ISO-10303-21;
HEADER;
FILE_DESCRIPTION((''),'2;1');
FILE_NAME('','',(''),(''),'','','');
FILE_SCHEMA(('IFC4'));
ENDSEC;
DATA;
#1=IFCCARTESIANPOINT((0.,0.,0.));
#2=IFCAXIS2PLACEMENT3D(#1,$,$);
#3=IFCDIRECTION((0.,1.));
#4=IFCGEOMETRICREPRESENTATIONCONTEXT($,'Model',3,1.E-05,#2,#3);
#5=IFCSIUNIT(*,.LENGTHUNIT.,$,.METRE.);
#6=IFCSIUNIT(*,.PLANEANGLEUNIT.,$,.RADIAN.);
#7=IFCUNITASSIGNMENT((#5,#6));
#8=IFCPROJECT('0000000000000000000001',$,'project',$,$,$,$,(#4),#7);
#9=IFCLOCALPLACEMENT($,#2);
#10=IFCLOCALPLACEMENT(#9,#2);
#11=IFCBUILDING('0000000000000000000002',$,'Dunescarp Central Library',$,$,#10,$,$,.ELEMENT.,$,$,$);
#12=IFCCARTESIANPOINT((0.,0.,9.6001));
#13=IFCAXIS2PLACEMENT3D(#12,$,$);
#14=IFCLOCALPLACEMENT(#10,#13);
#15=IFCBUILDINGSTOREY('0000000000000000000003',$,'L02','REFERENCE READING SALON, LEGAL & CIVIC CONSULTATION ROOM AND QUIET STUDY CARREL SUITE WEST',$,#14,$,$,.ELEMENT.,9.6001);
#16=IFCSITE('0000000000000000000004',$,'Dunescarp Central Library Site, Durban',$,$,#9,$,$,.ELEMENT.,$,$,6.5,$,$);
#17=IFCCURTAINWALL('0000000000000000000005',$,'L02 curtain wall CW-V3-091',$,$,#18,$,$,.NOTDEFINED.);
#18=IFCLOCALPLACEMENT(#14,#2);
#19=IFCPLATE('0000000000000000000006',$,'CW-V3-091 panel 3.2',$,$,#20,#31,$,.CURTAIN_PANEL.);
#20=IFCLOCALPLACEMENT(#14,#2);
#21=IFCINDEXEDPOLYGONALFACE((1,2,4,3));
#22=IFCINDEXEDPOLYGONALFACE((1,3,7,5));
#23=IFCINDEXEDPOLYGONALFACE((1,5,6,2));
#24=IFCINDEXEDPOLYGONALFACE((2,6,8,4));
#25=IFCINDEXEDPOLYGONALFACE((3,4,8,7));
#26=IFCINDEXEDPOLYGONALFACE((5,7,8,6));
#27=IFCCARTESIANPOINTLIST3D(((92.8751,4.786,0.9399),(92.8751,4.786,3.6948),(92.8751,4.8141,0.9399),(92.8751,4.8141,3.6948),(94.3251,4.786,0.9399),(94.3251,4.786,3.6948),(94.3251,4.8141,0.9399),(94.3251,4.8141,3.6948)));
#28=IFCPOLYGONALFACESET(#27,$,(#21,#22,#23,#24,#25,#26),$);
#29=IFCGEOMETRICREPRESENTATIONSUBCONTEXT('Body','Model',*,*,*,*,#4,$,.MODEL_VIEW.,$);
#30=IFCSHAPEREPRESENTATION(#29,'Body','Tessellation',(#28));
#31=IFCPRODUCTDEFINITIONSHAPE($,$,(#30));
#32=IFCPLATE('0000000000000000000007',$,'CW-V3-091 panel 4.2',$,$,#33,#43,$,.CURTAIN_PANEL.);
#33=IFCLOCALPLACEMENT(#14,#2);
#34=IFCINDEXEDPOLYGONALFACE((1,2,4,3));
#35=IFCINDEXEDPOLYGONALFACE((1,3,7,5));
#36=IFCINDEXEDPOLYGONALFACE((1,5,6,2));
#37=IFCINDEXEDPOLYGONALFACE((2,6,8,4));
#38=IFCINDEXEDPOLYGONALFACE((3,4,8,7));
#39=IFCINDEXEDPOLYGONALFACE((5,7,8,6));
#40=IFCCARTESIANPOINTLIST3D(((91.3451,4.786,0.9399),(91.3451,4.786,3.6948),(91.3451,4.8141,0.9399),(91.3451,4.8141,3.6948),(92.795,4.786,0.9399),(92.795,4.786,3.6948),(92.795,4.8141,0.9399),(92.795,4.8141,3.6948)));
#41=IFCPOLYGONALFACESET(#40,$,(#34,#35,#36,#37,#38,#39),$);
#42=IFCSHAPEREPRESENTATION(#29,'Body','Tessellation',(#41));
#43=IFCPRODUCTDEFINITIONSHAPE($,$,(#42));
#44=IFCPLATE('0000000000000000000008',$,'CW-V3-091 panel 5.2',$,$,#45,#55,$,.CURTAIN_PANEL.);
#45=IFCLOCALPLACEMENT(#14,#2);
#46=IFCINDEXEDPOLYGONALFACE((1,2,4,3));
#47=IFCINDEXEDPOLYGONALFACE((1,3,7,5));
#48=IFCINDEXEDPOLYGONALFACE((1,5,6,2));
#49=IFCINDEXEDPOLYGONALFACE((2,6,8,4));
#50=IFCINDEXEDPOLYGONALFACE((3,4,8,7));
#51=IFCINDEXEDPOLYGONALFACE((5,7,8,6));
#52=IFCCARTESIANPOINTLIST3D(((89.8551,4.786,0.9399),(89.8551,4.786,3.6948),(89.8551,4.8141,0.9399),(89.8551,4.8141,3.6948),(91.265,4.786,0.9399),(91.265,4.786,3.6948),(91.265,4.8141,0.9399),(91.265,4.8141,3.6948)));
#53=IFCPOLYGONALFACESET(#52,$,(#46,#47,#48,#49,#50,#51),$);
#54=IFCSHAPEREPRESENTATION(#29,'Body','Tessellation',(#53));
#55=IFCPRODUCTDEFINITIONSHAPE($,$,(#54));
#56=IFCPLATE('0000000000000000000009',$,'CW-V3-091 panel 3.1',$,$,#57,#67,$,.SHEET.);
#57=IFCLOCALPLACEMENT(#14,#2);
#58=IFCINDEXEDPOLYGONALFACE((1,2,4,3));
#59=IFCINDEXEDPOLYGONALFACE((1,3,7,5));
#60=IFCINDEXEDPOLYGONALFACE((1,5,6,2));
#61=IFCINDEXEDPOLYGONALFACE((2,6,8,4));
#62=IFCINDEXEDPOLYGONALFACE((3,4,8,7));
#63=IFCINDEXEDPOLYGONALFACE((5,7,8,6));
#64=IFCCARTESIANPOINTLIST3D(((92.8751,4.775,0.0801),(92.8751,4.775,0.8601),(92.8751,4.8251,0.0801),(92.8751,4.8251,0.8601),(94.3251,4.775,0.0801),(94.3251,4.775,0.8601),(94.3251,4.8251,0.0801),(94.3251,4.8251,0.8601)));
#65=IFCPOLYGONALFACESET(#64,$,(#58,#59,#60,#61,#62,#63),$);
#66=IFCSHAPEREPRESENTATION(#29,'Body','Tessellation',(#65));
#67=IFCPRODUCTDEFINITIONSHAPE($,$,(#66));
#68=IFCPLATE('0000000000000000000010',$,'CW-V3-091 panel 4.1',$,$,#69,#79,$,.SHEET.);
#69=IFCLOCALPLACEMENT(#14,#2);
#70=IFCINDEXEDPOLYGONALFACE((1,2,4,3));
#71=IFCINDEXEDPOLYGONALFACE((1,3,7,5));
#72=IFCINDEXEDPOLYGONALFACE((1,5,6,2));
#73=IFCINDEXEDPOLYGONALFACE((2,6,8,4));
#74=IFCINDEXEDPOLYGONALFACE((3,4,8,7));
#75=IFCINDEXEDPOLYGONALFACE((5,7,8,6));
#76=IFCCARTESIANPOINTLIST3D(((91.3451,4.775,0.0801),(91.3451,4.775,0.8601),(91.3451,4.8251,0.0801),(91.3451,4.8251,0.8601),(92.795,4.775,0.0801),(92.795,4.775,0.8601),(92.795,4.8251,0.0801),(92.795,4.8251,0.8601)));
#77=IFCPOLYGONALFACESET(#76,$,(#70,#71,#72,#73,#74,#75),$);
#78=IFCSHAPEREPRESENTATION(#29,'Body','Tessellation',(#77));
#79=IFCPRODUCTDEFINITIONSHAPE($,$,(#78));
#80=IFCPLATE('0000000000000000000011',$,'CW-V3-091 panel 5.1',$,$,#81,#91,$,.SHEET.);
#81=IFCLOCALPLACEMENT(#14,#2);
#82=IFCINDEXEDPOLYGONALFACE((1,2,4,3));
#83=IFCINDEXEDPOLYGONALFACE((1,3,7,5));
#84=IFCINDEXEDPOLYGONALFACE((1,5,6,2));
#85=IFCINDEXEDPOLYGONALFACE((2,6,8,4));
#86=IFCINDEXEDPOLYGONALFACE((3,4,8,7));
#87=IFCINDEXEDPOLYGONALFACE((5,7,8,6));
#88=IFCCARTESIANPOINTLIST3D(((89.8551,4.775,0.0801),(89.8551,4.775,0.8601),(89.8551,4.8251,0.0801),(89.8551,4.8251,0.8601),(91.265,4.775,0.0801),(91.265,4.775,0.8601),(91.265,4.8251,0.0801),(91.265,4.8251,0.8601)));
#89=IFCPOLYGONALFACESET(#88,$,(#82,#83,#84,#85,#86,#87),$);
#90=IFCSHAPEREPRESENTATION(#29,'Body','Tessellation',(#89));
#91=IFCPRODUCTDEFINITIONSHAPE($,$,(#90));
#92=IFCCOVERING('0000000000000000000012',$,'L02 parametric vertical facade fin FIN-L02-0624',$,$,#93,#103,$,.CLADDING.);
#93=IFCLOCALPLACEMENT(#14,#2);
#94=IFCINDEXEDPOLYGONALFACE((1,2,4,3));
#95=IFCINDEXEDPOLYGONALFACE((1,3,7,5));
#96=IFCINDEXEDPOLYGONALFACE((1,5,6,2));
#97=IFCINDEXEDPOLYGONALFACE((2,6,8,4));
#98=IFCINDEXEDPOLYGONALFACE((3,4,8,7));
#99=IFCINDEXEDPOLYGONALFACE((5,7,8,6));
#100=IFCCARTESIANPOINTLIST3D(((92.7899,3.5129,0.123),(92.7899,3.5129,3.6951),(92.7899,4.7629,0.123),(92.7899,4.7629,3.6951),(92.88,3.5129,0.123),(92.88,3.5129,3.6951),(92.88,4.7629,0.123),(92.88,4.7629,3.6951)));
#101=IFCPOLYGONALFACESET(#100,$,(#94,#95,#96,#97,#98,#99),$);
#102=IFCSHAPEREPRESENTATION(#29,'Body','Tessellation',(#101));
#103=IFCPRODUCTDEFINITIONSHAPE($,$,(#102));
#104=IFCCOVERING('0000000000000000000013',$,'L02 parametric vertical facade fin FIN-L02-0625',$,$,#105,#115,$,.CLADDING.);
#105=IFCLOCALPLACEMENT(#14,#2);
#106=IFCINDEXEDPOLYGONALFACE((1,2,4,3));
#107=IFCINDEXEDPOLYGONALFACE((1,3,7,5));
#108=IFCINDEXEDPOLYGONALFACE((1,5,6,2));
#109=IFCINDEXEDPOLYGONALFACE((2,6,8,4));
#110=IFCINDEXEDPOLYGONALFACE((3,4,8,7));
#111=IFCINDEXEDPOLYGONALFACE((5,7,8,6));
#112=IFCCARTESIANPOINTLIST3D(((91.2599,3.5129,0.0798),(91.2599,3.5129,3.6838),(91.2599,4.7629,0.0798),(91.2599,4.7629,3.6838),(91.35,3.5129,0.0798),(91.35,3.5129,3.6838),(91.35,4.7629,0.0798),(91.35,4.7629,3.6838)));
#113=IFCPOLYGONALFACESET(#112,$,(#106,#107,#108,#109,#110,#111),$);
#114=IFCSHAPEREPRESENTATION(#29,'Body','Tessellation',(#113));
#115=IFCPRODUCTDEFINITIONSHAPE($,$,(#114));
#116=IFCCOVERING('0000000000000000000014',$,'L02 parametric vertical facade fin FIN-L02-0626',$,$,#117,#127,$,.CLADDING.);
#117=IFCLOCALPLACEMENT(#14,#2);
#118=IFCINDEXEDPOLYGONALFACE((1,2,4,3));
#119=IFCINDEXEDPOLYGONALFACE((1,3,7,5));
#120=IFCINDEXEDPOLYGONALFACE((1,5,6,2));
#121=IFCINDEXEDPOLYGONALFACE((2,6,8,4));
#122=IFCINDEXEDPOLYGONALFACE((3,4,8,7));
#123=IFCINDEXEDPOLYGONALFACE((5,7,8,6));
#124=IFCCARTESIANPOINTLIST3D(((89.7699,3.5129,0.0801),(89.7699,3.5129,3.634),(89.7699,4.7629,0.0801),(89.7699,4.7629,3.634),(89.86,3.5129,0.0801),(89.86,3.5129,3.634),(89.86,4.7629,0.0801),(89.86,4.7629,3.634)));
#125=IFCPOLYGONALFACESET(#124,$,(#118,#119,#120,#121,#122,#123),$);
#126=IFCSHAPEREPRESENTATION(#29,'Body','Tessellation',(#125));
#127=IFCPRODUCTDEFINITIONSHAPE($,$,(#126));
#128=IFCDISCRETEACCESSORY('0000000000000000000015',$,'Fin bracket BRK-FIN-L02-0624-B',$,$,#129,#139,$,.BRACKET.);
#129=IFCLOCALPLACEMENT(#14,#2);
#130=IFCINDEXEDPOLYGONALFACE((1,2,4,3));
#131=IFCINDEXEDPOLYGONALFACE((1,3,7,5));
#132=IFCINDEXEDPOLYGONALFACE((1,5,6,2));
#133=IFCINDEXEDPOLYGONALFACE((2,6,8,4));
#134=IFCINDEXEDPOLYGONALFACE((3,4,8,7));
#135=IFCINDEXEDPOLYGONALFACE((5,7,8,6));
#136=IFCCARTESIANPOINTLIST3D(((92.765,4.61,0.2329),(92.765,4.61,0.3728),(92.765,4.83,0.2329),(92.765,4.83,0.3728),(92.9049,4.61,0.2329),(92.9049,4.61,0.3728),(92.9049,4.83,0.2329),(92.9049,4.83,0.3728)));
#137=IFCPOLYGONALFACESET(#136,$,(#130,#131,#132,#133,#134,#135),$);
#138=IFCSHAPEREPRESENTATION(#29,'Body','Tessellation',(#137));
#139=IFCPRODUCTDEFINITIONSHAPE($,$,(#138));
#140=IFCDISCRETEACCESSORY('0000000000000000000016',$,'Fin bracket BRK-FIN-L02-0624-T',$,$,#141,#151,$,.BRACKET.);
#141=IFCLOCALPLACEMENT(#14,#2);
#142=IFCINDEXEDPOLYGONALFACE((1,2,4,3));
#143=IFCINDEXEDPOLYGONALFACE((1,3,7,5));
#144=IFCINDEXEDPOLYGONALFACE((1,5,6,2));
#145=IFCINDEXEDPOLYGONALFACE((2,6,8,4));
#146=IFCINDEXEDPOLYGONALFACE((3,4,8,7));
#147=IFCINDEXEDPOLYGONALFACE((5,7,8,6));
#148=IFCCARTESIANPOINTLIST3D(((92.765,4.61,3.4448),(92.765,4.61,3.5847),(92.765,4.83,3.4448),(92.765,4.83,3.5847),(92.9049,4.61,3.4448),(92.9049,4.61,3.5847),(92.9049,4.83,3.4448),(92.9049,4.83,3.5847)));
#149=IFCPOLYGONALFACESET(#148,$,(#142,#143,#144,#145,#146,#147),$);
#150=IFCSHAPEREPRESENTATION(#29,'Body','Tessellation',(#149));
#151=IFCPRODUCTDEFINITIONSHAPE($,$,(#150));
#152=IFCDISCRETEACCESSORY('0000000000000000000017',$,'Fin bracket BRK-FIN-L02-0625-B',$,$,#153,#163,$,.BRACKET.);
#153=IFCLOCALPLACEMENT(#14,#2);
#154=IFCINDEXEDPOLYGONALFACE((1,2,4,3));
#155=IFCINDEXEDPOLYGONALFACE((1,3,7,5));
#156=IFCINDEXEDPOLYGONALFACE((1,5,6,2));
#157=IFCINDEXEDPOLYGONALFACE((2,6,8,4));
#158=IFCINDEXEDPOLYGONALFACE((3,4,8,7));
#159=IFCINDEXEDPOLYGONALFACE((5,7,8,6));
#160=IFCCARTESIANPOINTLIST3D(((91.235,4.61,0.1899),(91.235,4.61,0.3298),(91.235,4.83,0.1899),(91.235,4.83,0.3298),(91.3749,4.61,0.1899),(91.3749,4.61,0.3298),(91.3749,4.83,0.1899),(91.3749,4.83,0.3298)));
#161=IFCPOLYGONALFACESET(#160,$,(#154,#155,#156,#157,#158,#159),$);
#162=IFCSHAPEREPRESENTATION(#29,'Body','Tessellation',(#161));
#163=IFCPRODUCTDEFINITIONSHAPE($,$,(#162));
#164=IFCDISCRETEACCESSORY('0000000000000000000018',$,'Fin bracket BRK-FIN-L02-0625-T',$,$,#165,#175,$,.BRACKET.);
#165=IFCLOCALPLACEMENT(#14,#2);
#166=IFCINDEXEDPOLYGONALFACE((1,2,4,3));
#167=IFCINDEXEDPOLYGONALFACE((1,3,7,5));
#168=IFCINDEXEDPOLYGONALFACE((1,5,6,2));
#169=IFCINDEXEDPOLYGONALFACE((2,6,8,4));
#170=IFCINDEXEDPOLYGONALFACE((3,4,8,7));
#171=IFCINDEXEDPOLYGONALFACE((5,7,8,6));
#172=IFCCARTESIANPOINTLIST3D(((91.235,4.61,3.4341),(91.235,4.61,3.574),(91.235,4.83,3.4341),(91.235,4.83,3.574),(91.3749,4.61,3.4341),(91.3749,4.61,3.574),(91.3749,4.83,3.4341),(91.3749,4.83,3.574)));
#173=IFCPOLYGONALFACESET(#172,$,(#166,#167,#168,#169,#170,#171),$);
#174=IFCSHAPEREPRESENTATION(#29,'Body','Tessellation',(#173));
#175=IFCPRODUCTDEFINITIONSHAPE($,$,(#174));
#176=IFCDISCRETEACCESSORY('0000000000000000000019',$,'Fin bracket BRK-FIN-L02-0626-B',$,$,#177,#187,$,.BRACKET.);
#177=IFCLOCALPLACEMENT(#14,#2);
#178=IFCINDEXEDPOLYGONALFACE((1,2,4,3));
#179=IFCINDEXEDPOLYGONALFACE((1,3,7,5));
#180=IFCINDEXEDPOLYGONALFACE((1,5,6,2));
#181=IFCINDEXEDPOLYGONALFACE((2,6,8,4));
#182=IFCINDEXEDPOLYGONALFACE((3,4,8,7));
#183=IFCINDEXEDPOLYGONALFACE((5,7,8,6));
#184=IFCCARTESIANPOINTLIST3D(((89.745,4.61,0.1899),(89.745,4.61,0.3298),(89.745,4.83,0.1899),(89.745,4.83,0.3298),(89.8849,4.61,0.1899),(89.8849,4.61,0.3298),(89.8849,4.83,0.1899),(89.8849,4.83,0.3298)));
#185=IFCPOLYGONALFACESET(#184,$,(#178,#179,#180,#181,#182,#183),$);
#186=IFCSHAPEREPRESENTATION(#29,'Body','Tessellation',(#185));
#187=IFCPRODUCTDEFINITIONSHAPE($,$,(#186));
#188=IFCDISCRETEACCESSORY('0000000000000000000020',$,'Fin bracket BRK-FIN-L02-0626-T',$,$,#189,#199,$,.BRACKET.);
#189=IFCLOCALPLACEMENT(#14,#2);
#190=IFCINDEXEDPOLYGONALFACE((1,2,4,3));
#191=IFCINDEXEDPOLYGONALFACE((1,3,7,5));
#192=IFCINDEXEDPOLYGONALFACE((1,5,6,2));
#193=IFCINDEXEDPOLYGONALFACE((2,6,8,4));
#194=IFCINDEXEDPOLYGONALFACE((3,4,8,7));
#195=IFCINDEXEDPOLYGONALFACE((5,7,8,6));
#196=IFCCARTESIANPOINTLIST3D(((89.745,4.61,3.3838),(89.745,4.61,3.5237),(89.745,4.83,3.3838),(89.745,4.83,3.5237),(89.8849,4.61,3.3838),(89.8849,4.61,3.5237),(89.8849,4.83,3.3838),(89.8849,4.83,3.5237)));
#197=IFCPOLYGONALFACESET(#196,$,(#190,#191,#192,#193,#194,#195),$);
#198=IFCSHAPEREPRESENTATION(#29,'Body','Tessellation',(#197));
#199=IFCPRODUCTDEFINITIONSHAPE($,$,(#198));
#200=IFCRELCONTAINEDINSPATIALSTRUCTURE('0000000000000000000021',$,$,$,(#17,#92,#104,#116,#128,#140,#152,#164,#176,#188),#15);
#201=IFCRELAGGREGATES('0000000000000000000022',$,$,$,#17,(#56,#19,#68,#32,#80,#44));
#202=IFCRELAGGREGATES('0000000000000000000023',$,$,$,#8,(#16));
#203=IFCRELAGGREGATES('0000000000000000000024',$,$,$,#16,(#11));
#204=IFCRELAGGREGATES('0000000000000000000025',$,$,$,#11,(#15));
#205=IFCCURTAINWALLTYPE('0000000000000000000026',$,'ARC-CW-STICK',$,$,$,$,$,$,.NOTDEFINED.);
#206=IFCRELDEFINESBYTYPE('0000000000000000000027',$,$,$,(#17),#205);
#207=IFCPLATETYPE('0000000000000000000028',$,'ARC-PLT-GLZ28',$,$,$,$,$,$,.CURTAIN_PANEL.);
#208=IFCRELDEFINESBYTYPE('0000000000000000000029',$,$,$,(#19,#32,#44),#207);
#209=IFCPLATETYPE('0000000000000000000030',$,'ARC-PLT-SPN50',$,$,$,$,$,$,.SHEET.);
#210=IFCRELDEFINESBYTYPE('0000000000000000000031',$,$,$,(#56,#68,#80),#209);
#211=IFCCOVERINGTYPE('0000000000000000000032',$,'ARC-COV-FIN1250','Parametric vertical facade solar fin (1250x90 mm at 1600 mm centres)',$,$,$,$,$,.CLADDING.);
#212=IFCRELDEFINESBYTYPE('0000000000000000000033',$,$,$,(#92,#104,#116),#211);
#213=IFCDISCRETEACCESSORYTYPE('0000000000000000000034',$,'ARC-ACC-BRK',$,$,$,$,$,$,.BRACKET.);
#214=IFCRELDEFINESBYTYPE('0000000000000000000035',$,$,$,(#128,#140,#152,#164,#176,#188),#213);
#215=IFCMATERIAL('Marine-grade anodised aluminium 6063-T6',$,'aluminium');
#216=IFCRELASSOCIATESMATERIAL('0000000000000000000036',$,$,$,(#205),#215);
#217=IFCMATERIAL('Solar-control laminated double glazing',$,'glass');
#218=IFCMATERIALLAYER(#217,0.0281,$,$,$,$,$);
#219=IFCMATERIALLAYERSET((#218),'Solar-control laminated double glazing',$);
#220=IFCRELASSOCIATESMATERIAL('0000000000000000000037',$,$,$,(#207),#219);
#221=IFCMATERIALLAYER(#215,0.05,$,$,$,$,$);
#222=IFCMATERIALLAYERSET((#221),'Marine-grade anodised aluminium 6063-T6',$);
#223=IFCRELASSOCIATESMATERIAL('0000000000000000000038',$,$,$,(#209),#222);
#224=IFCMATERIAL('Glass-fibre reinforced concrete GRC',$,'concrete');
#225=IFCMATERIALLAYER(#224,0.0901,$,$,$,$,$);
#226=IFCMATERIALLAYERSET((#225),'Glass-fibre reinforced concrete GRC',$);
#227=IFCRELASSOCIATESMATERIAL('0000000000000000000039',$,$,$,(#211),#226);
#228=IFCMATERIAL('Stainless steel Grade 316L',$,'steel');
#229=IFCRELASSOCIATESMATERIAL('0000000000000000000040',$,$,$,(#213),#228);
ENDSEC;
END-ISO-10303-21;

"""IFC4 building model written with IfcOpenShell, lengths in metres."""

from ifc_helpers import new_model, si_unit, direction, frame, origin, origin_2d, place, context, subcontext, project, spatial, rectangle, extrude, material, layer, layer_set, type_object, element, aggregate, save


model = new_model("IFC4")

# Units and contexts
model_context = context("Model", 3, precision=1e-05, world=origin(), true_north=direction((0.0, 1.0)))
body_context = subcontext(model_context, "Body", "Model", "MODEL_VIEW")
ifc_project = project(units=[si_unit("LENGTHUNIT", "METRE"), si_unit("PLANEANGLEUNIT", "RADIAN")], contexts=[model_context])

# Site, building, storey
site_placement = place(None, origin())
site = spatial("IfcSite", under=ifc_project, at=site_placement, Name="Dunescarp Central Library Site, Durban", CompositionType="ELEMENT", RefElevation=6.5)
building_placement = place(site_placement, origin())
building = spatial("IfcBuilding", under=site, at=building_placement, Name="Dunescarp Central Library", CompositionType="ELEMENT")
storey_placement = place(building_placement, frame((0.0, 0.0, 9.6001)))
storey = spatial("IfcBuildingStorey", under=building, at=storey_placement, Name="L02", Description="REFERENCE READING SALON, LEGAL & CIVIC CONSULTATION ROOM AND QUIET STUDY CARREL SUITE WEST", CompositionType="ELEMENT", Elevation=9.6001)

# Curtain wall
ifc_material_1 = material(Name="Marine-grade anodised aluminium 6063-T6", Category="aluminium")
curtain_wall_type = type_object("IfcCurtainWallType", Name="ARC-CW-STICK", PredefinedType="NOTDEFINED", material=ifc_material_1)
curtain_wall_placement = place(storey_placement, origin())
curtain_wall = element("IfcCurtainWall", 1, at=curtain_wall_placement, inside=storey, type_object=curtain_wall_type, Name="L02 curtain wall CW-V3-091", PredefinedType="NOTDEFINED")

# Plates
ifc_material_2 = material(Name="Solar-control laminated double glazing", Category="glass")
ifc_layer_1 = layer(ifc_material_2, 0.0281)
ifc_layer_set_1 = layer_set([ifc_layer_1], Name="Solar-control laminated double glazing")
plate_type_1 = type_object("IfcPlateType", Name="ARC-PLT-GLZ28", PredefinedType="CURTAIN_PANEL", material=ifc_layer_set_1)
plate_1_placement = place(storey_placement, frame((93.6001, 4.8, 0.9399), z_axis=(0.0, 0.0, 1.0), x_axis=(-1.0, 0.0, 0.0)))
plate_1 = element("IfcPlate", 2, at=plate_1_placement, type_object=plate_type_1, Name="CW-V3-091 panel 3.2", PredefinedType="CURTAIN_PANEL", context=body_context, shape_type="SweptSolid", body=[
    extrude(rectangle(XDim=1.45, YDim=0.0281, at=origin_2d()), origin(), (0.0, 0.0, 1.0), 2.7549),
])
plate_2_placement = place(storey_placement, frame((92.0701, 4.8, 0.9399), z_axis=(0.0, 0.0, 1.0), x_axis=(-1.0, 0.0, 0.0)))
plate_2 = element("IfcPlate", 3, at=plate_2_placement, type_object=plate_type_1, Name="CW-V3-091 panel 4.2", PredefinedType="CURTAIN_PANEL", context=body_context, shape_type="SweptSolid", body=[
    extrude(rectangle(XDim=1.45, YDim=0.0281, at=origin_2d()), origin(), (0.0, 0.0, 1.0), 2.7549),
])
plate_3_placement = place(storey_placement, frame((90.5601, 4.8, 0.9399), z_axis=(0.0, 0.0, 1.0), x_axis=(-1.0, 0.0, 0.0)))
plate_3 = element("IfcPlate", 4, at=plate_3_placement, type_object=plate_type_1, Name="CW-V3-091 panel 5.2", PredefinedType="CURTAIN_PANEL", context=body_context, shape_type="SweptSolid", body=[
    extrude(rectangle(XDim=1.4099, YDim=0.0281, at=origin_2d()), origin(), (0.0, 0.0, 1.0), 2.7549),
])
ifc_layer_2 = layer(ifc_material_1, 0.05)
ifc_layer_set_2 = layer_set([ifc_layer_2], Name="Marine-grade anodised aluminium 6063-T6")
plate_type_2 = type_object("IfcPlateType", Name="ARC-PLT-SPN50", PredefinedType="SHEET", material=ifc_layer_set_2)
plate_4_placement = place(storey_placement, frame((93.6001, 4.8, 0.0801), z_axis=(0.0, 0.0, 1.0), x_axis=(-1.0, 0.0, 0.0)))
plate_4 = element("IfcPlate", 5, at=plate_4_placement, type_object=plate_type_2, Name="CW-V3-091 panel 3.1", PredefinedType="SHEET", context=body_context, shape_type="SweptSolid", body=[
    extrude(rectangle(XDim=1.45, YDim=0.05, at=origin_2d()), origin(), (0.0, 0.0, 1.0), 0.78),
])
plate_5_placement = place(storey_placement, frame((92.0701, 4.8, 0.0801), z_axis=(0.0, 0.0, 1.0), x_axis=(-1.0, 0.0, 0.0)))
plate_5 = element("IfcPlate", 6, at=plate_5_placement, type_object=plate_type_2, Name="CW-V3-091 panel 4.1", PredefinedType="SHEET", context=body_context, shape_type="SweptSolid", body=[
    extrude(rectangle(XDim=1.45, YDim=0.05, at=origin_2d()), origin(), (0.0, 0.0, 1.0), 0.78),
])
plate_6_placement = place(storey_placement, frame((90.5601, 4.8, 0.0801), z_axis=(0.0, 0.0, 1.0), x_axis=(-1.0, 0.0, 0.0)))
plate_6 = element("IfcPlate", 7, at=plate_6_placement, type_object=plate_type_2, Name="CW-V3-091 panel 5.1", PredefinedType="SHEET", context=body_context, shape_type="SweptSolid", body=[
    extrude(rectangle(XDim=1.4099, YDim=0.05, at=origin_2d()), origin(), (0.0, 0.0, 1.0), 0.78),
])
aggregate(curtain_wall, [plate_4, plate_1, plate_5, plate_2, plate_6, plate_3])

# Coverings
ifc_material_3 = material(Name="Glass-fibre reinforced concrete GRC", Category="concrete")
ifc_layer_3 = layer(ifc_material_3, 0.0901)
ifc_layer_set_3 = layer_set([ifc_layer_3], Name="Glass-fibre reinforced concrete GRC")
covering_type = type_object("IfcCoveringType", Name="ARC-COV-FIN1250", Description="Parametric vertical facade solar fin (1250x90 mm at 1600 mm centres)", PredefinedType="CLADDING", material=ifc_layer_set_3)
covering_1_placement = place(storey_placement, frame((92.835, 4.1379, 0.123), z_axis=(0.0, 0.0, 1.0), x_axis=(0.0, -1.0, 0.0)))
element("IfcCovering", 8, at=covering_1_placement, inside=storey, type_object=covering_type, Name="L02 parametric vertical facade fin FIN-L02-0624", PredefinedType="CLADDING", context=body_context, shape_type="SweptSolid", body=[
    extrude(rectangle(XDim=1.25, YDim=0.0901, at=origin_2d()), origin(), (0.0, 0.0, 1.0), 3.572),
])
covering_2_placement = place(storey_placement, frame((91.3049, 4.1379, 0.0798), z_axis=(0.0, 0.0, 1.0), x_axis=(0.0, -1.0, 0.0)))
element("IfcCovering", 9, at=covering_2_placement, inside=storey, type_object=covering_type, Name="L02 parametric vertical facade fin FIN-L02-0625", PredefinedType="CLADDING", context=body_context, shape_type="SweptSolid", body=[
    extrude(rectangle(XDim=1.25, YDim=0.0901, at=origin_2d()), origin(), (0.0, 0.0, 1.0), 3.604),
])
covering_3_placement = place(storey_placement, frame((89.8149, 4.1379, 0.0801), z_axis=(0.0, 0.0, 1.0), x_axis=(0.0, -1.0, 0.0)))
element("IfcCovering", 10, at=covering_3_placement, inside=storey, type_object=covering_type, Name="L02 parametric vertical facade fin FIN-L02-0626", PredefinedType="CLADDING", context=body_context, shape_type="SweptSolid", body=[
    extrude(rectangle(XDim=1.25, YDim=0.0901, at=origin_2d()), origin(), (0.0, 0.0, 1.0), 3.554),
])

# Discrete accessories
ifc_material_4 = material(Name="Stainless steel Grade 316L", Category="steel")
discrete_accessory_type = type_object("IfcDiscreteAccessoryType", Name="ARC-ACC-BRK", PredefinedType="BRACKET", material=ifc_material_4)
for number, where, z_axis, x_axis, name in (
    (11, (92.835, 4.72, 0.2329), (0.0, 0.0, 1.0), (0.0, -1.0, 0.0), "Fin bracket BRK-FIN-L02-0624-B"),
    (12, (92.835, 4.72, 3.4448), (0.0, 0.0, 1.0), (0.0, -1.0, 0.0), "Fin bracket BRK-FIN-L02-0624-T"),
    (13, (91.3049, 4.72, 0.1899), (0.0, 0.0, 1.0), (0.0, -1.0, 0.0), "Fin bracket BRK-FIN-L02-0625-B"),
    (14, (91.3049, 4.72, 3.4341), (0.0, 0.0, 1.0), (0.0, -1.0, 0.0), "Fin bracket BRK-FIN-L02-0625-T"),
    (15, (89.8149, 4.72, 0.1899), (0.0, 0.0, 1.0), (0.0, -1.0, 0.0), "Fin bracket BRK-FIN-L02-0626-B"),
    (16, (89.8149, 4.72, 3.3838), (0.0, 0.0, 1.0), (0.0, -1.0, 0.0), "Fin bracket BRK-FIN-L02-0626-T"),
):
    element("IfcDiscreteAccessory", number, at=place(storey_placement, frame(where, z_axis=z_axis, x_axis=x_axis)), inside=storey, type_object=discrete_accessory_type, Name=name, PredefinedType="BRACKET", context=body_context, shape_type="SweptSolid", body=[
        extrude(rectangle(XDim=0.22, YDim=0.1399, at=origin_2d()), origin(), (0.0, 0.0, 1.0), 0.1399),
    ])

save(model, "model.ifc")
